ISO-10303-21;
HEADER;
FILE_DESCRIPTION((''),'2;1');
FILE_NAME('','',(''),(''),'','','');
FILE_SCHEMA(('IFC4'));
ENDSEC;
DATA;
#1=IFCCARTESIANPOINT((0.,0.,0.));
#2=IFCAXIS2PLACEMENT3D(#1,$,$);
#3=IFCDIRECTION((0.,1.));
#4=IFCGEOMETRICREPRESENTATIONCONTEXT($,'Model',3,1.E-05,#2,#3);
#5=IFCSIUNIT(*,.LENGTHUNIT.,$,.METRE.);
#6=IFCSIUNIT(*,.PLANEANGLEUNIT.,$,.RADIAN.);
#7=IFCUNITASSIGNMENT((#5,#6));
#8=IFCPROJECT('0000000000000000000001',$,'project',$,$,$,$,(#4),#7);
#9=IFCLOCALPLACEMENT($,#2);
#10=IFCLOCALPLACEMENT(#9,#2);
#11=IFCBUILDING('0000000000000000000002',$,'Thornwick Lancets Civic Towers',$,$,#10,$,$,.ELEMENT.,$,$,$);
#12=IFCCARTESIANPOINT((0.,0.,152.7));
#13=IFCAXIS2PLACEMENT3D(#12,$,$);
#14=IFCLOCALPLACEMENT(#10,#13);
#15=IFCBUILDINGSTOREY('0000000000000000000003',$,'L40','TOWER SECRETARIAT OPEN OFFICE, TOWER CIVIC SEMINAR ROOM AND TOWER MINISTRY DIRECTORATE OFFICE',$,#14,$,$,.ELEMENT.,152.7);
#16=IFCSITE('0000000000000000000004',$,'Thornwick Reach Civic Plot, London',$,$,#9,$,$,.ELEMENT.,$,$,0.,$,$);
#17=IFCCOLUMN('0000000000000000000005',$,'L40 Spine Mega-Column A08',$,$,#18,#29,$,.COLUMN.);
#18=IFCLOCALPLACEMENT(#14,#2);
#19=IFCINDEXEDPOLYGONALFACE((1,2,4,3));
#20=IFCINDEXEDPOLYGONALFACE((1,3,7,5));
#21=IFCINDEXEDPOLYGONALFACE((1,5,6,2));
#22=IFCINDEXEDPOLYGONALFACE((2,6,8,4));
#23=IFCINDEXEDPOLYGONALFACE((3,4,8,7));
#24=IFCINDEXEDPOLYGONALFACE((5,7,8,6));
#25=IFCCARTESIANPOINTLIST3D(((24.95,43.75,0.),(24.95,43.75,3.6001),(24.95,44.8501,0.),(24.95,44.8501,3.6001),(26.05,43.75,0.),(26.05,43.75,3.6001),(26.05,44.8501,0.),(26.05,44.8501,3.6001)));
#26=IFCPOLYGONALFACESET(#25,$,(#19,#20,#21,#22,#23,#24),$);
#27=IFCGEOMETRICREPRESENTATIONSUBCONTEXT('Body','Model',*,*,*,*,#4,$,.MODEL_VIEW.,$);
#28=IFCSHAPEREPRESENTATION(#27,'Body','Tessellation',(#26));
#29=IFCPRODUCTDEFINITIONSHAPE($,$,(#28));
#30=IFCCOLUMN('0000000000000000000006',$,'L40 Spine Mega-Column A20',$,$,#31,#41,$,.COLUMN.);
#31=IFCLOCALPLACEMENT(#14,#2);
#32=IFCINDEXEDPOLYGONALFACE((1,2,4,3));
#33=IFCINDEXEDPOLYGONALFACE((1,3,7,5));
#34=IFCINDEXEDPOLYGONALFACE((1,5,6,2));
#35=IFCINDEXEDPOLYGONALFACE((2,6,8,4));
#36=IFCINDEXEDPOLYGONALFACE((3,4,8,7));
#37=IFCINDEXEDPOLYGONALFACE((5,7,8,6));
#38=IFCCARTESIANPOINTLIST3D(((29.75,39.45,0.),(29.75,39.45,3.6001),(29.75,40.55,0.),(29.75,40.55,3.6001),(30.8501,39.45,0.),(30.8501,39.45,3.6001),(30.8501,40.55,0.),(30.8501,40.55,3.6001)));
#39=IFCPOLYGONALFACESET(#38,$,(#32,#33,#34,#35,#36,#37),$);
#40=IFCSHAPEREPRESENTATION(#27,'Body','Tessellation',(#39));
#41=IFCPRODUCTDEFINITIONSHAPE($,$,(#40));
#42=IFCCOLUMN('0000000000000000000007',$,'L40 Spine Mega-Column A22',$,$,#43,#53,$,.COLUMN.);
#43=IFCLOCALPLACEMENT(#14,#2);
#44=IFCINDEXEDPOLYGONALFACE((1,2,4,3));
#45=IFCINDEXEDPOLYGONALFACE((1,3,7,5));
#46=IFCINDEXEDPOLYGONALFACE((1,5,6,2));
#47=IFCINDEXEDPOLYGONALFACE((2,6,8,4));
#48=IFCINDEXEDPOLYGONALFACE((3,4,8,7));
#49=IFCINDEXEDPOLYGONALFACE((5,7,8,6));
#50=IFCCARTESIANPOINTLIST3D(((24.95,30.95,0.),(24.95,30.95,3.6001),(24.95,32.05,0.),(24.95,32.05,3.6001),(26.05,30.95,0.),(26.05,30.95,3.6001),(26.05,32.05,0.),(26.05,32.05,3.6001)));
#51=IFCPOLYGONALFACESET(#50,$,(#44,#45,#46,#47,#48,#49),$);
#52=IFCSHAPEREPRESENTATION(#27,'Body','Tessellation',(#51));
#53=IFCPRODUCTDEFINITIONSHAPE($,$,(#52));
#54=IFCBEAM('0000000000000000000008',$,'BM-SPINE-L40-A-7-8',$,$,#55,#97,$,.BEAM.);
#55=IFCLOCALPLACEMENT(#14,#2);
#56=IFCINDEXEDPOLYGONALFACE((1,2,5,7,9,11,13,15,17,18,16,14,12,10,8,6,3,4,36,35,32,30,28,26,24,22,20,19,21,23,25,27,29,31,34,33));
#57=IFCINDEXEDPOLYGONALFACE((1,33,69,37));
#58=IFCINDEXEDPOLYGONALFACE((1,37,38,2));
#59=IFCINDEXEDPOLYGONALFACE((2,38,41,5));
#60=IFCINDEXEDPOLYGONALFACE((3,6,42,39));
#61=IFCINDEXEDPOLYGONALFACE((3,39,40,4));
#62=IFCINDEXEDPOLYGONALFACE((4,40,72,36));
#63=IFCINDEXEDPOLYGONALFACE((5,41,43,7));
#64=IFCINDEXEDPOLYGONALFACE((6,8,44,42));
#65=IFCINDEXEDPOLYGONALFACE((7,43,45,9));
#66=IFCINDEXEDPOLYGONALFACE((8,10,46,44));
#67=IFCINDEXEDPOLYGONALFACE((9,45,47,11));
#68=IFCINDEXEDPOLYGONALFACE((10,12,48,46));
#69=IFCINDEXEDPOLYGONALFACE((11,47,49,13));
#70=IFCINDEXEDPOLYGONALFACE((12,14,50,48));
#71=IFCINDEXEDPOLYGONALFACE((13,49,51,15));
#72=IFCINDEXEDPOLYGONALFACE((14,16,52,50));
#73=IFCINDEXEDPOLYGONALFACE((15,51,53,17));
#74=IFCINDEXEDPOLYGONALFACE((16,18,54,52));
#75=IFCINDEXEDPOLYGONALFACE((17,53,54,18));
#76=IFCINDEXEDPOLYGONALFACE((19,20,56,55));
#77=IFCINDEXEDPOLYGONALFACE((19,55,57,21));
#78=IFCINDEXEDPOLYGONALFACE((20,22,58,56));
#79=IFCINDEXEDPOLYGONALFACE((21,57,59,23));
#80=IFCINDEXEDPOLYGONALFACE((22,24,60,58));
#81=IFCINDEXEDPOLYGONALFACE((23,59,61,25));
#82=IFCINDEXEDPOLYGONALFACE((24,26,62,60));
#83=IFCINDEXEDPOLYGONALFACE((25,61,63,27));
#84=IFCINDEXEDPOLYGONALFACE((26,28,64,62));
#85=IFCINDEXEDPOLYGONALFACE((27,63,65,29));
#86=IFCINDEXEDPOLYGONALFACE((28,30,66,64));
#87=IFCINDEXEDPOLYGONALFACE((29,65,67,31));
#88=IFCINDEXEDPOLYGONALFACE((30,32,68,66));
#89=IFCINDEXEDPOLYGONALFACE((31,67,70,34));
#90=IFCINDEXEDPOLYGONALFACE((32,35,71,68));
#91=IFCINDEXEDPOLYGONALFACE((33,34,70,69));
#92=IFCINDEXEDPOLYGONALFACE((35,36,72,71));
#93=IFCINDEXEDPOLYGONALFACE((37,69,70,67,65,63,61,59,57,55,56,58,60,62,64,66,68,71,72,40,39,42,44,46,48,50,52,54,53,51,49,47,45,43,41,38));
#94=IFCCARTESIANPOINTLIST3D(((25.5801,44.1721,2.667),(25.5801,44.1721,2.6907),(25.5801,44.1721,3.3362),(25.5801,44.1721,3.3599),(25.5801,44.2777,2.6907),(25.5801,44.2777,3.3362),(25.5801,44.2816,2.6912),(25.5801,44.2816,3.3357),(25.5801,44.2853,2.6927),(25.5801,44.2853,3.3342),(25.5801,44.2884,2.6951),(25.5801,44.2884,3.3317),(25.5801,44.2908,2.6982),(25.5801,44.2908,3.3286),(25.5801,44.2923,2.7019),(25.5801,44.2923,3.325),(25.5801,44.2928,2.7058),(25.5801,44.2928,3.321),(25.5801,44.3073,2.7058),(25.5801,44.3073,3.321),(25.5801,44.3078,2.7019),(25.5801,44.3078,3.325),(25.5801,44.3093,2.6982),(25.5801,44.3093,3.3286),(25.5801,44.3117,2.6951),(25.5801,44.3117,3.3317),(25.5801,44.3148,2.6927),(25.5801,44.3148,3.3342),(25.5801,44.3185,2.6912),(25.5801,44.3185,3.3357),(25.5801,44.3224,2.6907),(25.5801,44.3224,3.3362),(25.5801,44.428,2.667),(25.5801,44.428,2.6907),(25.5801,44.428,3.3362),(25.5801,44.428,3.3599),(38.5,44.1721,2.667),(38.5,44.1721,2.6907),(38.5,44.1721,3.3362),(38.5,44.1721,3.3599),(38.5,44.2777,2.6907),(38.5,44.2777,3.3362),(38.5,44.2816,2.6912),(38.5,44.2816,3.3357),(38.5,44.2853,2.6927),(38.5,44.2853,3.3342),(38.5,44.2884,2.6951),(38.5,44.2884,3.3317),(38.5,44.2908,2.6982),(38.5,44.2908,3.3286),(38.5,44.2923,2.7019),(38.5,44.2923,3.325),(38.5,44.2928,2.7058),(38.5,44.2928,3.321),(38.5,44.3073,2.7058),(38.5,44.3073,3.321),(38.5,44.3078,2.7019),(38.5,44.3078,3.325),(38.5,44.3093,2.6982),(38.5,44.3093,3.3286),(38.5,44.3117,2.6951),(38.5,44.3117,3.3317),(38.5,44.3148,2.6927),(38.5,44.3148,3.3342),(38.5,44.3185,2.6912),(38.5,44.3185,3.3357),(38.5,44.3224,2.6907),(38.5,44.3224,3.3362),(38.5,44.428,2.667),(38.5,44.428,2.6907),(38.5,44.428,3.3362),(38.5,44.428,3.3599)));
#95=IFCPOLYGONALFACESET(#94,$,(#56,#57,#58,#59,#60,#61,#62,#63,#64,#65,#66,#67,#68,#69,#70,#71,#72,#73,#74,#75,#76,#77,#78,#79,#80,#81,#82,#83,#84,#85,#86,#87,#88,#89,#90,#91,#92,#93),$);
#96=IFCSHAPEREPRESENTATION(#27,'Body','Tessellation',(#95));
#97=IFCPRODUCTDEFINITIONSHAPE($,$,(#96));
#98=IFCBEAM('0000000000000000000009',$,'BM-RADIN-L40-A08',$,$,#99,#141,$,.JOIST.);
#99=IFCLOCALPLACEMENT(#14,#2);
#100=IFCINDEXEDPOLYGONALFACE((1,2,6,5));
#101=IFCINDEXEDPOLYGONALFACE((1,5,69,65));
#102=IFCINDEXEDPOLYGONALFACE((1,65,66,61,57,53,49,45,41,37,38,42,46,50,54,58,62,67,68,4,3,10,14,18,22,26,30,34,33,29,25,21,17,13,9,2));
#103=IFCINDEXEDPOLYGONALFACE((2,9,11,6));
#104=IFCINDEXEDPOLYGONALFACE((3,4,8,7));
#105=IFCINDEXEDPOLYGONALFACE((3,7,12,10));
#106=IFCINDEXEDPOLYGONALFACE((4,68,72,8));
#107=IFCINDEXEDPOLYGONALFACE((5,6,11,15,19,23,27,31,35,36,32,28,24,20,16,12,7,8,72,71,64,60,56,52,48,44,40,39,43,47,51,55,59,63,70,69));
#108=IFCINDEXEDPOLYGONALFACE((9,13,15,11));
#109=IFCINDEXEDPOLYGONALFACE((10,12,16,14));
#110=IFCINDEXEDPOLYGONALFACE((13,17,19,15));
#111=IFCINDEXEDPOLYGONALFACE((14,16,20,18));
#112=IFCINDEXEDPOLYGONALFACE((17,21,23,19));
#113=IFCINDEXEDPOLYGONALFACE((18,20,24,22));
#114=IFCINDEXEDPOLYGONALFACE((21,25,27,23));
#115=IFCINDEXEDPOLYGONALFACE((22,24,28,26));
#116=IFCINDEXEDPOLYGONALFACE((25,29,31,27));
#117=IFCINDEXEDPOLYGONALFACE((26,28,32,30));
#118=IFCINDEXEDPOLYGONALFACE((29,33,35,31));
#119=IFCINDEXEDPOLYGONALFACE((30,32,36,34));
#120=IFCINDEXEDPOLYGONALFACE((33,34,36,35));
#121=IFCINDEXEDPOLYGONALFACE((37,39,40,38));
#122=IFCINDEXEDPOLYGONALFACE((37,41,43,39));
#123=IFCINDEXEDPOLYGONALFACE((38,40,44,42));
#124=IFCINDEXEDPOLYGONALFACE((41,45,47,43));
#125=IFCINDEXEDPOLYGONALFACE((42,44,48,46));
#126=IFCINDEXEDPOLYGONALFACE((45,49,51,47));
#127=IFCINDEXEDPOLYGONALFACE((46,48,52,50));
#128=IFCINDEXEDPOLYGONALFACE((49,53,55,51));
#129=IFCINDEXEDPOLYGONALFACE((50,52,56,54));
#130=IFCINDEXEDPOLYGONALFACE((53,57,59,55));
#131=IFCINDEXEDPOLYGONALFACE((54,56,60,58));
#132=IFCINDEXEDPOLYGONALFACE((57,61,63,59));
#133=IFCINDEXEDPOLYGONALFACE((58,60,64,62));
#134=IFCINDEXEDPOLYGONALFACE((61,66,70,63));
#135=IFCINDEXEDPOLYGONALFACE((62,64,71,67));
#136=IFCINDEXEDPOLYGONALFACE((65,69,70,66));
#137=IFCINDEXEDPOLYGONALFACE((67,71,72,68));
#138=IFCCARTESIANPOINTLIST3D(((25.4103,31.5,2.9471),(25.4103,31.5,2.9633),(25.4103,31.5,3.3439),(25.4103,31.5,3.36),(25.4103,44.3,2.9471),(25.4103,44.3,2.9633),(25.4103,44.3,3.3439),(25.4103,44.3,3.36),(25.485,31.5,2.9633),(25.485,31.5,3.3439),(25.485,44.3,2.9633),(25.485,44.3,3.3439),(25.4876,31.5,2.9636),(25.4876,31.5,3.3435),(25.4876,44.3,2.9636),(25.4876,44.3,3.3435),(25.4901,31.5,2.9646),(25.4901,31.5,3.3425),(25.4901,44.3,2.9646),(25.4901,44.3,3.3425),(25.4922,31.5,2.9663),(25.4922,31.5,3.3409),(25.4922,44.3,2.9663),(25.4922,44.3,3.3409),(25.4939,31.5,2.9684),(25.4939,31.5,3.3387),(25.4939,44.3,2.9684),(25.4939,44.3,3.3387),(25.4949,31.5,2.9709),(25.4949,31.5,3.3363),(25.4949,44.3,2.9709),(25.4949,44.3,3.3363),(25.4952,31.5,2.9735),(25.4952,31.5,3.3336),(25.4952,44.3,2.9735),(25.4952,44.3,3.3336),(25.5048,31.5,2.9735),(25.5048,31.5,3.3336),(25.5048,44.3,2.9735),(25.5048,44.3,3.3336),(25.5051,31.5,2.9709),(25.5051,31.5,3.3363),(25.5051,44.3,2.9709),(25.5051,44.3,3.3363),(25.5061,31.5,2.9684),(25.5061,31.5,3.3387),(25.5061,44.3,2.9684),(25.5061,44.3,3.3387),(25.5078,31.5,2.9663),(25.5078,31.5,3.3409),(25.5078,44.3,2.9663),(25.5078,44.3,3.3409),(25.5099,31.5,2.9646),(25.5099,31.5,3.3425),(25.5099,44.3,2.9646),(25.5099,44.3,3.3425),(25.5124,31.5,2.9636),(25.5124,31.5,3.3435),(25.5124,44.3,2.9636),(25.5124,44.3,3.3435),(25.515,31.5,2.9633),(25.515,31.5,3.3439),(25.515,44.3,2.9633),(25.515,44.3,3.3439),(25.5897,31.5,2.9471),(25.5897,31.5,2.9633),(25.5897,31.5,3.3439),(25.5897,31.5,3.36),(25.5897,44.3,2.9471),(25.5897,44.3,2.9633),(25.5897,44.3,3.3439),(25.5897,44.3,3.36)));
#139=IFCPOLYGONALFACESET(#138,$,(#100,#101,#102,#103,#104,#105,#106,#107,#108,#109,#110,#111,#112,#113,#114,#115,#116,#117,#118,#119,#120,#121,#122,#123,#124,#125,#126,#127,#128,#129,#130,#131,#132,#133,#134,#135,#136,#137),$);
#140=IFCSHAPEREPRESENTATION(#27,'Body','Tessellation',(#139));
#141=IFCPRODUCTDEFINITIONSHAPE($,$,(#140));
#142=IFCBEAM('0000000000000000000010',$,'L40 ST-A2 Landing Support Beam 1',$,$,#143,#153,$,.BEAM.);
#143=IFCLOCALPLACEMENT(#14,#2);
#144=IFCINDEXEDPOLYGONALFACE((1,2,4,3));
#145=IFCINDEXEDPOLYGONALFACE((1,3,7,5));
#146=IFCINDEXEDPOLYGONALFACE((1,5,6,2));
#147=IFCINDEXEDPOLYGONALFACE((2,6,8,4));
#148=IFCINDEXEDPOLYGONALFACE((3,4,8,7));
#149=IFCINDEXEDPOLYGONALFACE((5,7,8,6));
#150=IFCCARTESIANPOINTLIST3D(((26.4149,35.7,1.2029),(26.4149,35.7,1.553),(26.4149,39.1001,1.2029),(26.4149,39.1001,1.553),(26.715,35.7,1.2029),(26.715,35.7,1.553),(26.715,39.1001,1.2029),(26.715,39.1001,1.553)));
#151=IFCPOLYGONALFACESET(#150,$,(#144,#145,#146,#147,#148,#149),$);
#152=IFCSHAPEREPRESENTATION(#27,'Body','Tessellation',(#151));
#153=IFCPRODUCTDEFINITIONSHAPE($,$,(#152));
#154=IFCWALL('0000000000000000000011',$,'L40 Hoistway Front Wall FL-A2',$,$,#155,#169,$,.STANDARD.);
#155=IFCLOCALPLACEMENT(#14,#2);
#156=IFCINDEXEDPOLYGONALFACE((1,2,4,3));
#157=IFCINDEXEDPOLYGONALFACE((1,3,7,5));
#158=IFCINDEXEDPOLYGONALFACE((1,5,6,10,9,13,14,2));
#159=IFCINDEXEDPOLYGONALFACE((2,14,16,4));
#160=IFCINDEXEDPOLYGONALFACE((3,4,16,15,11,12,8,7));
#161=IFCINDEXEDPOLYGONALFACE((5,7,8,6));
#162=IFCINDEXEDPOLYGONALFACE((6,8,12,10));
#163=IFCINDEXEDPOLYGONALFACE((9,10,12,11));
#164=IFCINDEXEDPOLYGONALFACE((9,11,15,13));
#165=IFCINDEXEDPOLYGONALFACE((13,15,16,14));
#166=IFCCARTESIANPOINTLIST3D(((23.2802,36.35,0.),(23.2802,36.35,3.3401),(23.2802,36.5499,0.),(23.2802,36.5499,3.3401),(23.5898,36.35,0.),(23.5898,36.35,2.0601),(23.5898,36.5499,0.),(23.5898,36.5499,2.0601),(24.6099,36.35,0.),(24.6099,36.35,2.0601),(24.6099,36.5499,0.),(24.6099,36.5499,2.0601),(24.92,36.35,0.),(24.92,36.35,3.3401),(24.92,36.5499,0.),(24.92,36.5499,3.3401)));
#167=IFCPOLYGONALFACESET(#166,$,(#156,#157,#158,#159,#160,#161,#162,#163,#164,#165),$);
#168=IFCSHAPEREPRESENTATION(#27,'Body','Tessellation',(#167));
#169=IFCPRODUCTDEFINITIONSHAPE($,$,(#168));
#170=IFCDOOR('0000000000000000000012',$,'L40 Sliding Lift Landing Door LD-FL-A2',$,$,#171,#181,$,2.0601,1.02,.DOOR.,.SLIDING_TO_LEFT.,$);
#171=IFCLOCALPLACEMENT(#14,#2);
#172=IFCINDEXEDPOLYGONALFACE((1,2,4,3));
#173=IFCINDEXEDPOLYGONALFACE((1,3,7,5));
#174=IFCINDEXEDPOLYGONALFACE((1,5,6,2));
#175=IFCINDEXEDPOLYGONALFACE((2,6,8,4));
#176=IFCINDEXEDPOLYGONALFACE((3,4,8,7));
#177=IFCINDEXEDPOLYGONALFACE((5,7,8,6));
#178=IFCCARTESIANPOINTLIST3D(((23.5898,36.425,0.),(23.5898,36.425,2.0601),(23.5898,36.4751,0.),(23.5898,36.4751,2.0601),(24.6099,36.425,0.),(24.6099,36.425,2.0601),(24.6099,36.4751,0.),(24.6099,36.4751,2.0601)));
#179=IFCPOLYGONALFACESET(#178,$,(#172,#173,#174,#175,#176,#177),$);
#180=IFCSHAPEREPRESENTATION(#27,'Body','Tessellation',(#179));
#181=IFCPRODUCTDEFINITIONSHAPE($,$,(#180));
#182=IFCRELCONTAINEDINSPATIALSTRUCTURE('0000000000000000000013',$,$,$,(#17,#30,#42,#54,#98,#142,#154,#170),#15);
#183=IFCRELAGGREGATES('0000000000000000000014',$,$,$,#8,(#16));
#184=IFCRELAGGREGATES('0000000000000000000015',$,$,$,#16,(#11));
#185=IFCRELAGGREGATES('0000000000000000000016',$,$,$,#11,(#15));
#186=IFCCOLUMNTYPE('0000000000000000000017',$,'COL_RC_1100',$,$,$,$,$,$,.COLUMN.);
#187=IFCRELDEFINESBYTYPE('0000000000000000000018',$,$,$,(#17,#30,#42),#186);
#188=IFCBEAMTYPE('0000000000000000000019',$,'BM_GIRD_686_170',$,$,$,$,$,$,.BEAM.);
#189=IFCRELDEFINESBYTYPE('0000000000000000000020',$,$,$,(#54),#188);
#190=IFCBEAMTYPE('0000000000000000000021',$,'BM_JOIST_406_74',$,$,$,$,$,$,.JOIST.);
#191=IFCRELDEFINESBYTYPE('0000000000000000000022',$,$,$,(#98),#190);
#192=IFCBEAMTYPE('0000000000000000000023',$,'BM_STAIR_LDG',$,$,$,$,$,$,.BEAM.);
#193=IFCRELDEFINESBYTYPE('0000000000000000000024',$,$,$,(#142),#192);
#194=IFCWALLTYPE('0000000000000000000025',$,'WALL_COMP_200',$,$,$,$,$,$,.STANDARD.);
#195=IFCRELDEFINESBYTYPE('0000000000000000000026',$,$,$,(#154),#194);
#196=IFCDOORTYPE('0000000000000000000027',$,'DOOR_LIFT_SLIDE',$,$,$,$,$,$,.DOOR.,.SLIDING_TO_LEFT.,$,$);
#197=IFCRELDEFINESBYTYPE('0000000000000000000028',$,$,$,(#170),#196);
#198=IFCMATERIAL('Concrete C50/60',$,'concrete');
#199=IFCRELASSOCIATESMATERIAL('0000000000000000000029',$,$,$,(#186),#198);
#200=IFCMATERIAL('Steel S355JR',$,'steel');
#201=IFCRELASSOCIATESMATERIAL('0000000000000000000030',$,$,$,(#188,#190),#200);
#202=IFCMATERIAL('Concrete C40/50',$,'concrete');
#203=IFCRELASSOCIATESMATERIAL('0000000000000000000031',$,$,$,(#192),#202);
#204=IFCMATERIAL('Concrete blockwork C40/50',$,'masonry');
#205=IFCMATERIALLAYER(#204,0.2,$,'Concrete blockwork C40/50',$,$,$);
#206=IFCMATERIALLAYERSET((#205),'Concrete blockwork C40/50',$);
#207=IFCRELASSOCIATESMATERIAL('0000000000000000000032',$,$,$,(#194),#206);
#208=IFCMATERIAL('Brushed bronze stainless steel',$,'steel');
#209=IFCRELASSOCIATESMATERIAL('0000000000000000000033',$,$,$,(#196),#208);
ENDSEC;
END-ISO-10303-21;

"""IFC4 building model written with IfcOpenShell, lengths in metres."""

from ifc_helpers import new_model, si_unit, direction, frame, frame_2d, origin, origin_2d, place, context, subcontext, project, spatial, rectangle, i_section, extrude, material, layer, layer_set, material_profile, profile_set, type_object, element, fill, save


model = new_model("IFC4")

# Units and contexts
model_context = context("Model", 3, precision=1e-05, world=origin(), true_north=direction((0.0, 1.0)))
body_context = subcontext(model_context, "Body", "Model", "MODEL_VIEW")
ifc_project = project(units=[si_unit("LENGTHUNIT", "METRE"), si_unit("PLANEANGLEUNIT", "RADIAN")], contexts=[model_context])

# Site, building, storey
site_placement = place(None, origin())
site = spatial("IfcSite", under=ifc_project, at=site_placement, Name="Thornwick Reach Civic Plot, London", CompositionType="ELEMENT", RefElevation=0.0)
building_placement = place(site_placement, origin())
building = spatial("IfcBuilding", under=site, at=building_placement, Name="Thornwick Lancets Civic Towers", CompositionType="ELEMENT")
storey_placement = place(building_placement, frame((0.0, 0.0, 152.7)))
storey = spatial("IfcBuildingStorey", under=building, at=storey_placement, Name="L40", Description="TOWER SECRETARIAT OPEN OFFICE, TOWER CIVIC SEMINAR ROOM AND TOWER MINISTRY DIRECTORATE OFFICE", CompositionType="ELEMENT", Elevation=152.7)

# Columns
ifc_material_1 = material(Name="Concrete C50/60", Category="concrete")
ifc_material_profile_1 = material_profile(ifc_material_1, rectangle(XDim=1.1001, YDim=1.1001, at=origin_2d()), Name="RC 1100x1100")
ifc_profile_set_1 = profile_set([ifc_material_profile_1], Name="Concrete C50/60")
column_type = type_object("IfcColumnType", Name="COL_RC_1100", PredefinedType="COLUMN", material=ifc_profile_set_1)
for number, where, z_axis, x_axis, name in (
    (1, (25.5, 44.3, 0.0), (0.0, 0.0, 1.0), (1.0, 0.0, 0.0), "L40 Spine Mega-Column A08"),
    (2, (30.3, 40.0, 0.0), (0.0, 0.0, 1.0), (1.0, 0.0, 0.0), "L40 Spine Mega-Column A20"),
    (3, (25.5, 31.5, 0.0), (0.0, 0.0, 1.0), (1.0, 0.0, 0.0), "L40 Spine Mega-Column A22"),
):
    element("IfcColumn", number, at=place(storey_placement, frame(where, z_axis=z_axis, x_axis=x_axis)), inside=storey, type_object=column_type, Name=name, PredefinedType="COLUMN", context=body_context, shape_type="SweptSolid", body=[
        extrude(rectangle(XDim=1.1001, YDim=1.1001, at=origin_2d()), origin(), (0.0, 0.0, 1.0), 3.6001),
    ])

# Beams
ifc_material_2 = material(Name="Steel S355JR", Category="steel")
ifc_material_profile_2 = material_profile(ifc_material_2, i_section(OverallWidth=0.2559, OverallDepth=0.6929, WebThickness=0.0144, FlangeThickness=0.0237, FilletRadius=0.0151, at=origin_2d()), Name="UKB 686x254x170")
ifc_profile_set_2 = profile_set([ifc_material_profile_2], Name="Steel S355JR")
beam_type_1 = type_object("IfcBeamType", Name="BM_GIRD_686_170", PredefinedType="BEAM", material=ifc_profile_set_2)
beam_1_placement = place(storey_placement, frame((25.5801, 44.3, 3.0134), z_axis=(1.0, 0.0, 0.0), x_axis=(0.0, 1.0, 0.0)))
element("IfcBeam", 4, at=beam_1_placement, inside=storey, type_object=beam_type_1, Name="BM-SPINE-L40-A-7-8", PredefinedType="BEAM", context=body_context, shape_type="SweptSolid", body=[
    extrude(i_section(OverallWidth=0.2559, OverallDepth=0.6929, WebThickness=0.0144, FlangeThickness=0.0237, FilletRadius=0.0151, at=origin_2d()), origin(), (0.0, 0.0, 1.0), 12.9199),
])
ifc_material_profile_3 = material_profile(ifc_material_2, i_section(OverallWidth=0.1794, OverallDepth=0.4128, WebThickness=0.0095, FlangeThickness=0.0161, FilletRadius=0.0103, at=origin_2d()), Name="UKB 406x178x74")
ifc_profile_set_3 = profile_set([ifc_material_profile_3], Name="Steel S355JR")
beam_type_2 = type_object("IfcBeamType", Name="BM_JOIST_406_74", PredefinedType="JOIST", material=ifc_profile_set_3)
beam_2_placement = place(storey_placement, frame((25.5, 31.5, 3.1536), z_axis=(0.0, 1.0, 0.0), x_axis=(-1.0, 0.0, 0.0)))
element("IfcBeam", 5, at=beam_2_placement, inside=storey, type_object=beam_type_2, Name="BM-RADIN-L40-A08", PredefinedType="JOIST", context=body_context, shape_type="SweptSolid", body=[
    extrude(i_section(OverallWidth=0.1794, OverallDepth=0.4128, WebThickness=0.0095, FlangeThickness=0.0161, FilletRadius=0.0103, at=origin_2d()), origin(), (0.0, 0.0, 1.0), 12.8),
])
ifc_material_3 = material(Name="Concrete C40/50", Category="concrete")
ifc_material_profile_4 = material_profile(ifc_material_3, rectangle(XDim=0.3, YDim=0.3501, at=origin_2d()), Name="RC 300x350")
ifc_profile_set_4 = profile_set([ifc_material_profile_4], Name="Concrete C40/50")
beam_type_3 = type_object("IfcBeamType", Name="BM_STAIR_LDG", PredefinedType="BEAM", material=ifc_profile_set_4)
beam_3_placement = place(storey_placement, frame((26.5649, 39.1001, 1.3779), z_axis=(0.0, -1.0, 0.0), x_axis=(1.0, 0.0, 0.0)))
element("IfcBeam", 6, at=beam_3_placement, inside=storey, type_object=beam_type_3, Name="L40 ST-A2 Landing Support Beam 1", PredefinedType="BEAM", context=body_context, shape_type="SweptSolid", body=[
    extrude(rectangle(XDim=0.3, YDim=0.3501, at=origin_2d()), origin(), (0.0, 0.0, 1.0), 3.4001),
])

# Wall, opening, door
ifc_material_4 = material(Name="Concrete blockwork C40/50", Category="masonry")
ifc_layer_1 = layer(ifc_material_4, 0.2, Name="Concrete blockwork C40/50")
ifc_layer_set_1 = layer_set([ifc_layer_1], Name="Concrete blockwork C40/50")
wall_type_1 = type_object("IfcWallType", Name="WALL_COMP_200", PredefinedType="STANDARD", material=ifc_layer_set_1)
wall_1_placement = place(storey_placement, frame((24.9199, 36.45, 0.0), z_axis=(0.0, 0.0, 1.0), x_axis=(-1.0, 0.0, 0.0)))
wall_1 = element("IfcWall", 7, at=wall_1_placement, inside=storey, type_object=wall_type_1, Name="L40 Hoistway Front Wall FL-A2", PredefinedType="STANDARD", context=body_context, shape_type="SweptSolid", body=[
    extrude(rectangle(XDim=1.6399, YDim=0.2, at=frame_2d((0.8198, 0.0))), origin(), (0.0, 0.0, 1.0), 3.3401),
])
opening_1_placement = place(wall_1_placement, frame((0.3101, 0.0, 0.0)))
opening_1 = element("IfcOpeningElement", 8, at=opening_1_placement, cuts=wall_1, PredefinedType="OPENING", context=body_context, shape_type="SweptSolid", body=[
    extrude(rectangle(XDim=1.02, YDim=2.0601, at=frame_2d((0.51, 1.03))), frame((0.0, 0.1099, 0.0), z_axis=(0.0, -1.0, 0.0), x_axis=(1.0, 0.0, 0.0)), (0.0, 0.0, 1.0), 0.22),
])
ifc_material_5 = material(Name="Brushed bronze stainless steel", Category="steel")
door_type_1 = type_object("IfcDoorType", Name="DOOR_LIFT_SLIDE", OperationType="SLIDING_TO_LEFT", PredefinedType="DOOR", material=ifc_material_5)
door_1_placement = place(opening_1_placement, origin())
door_1 = element("IfcDoor", 9, at=door_1_placement, inside=storey, type_object=door_type_1, Name="L40 Sliding Lift Landing Door LD-FL-A2", OperationType="SLIDING_TO_LEFT", OverallHeight=2.0601, OverallWidth=1.02, PredefinedType="DOOR", context=body_context, shape_type="SweptSolid", body=[
    extrude(rectangle(XDim=1.02, YDim=2.0601, at=frame_2d((0.51, 1.03))), frame((0.0, 0.0249, 0.0), z_axis=(0.0, -1.0, 0.0), x_axis=(1.0, 0.0, 0.0)), (0.0, 0.0, 1.0), 0.05),
])
fill(opening_1, door_1)

save(model, "model.ifc")
